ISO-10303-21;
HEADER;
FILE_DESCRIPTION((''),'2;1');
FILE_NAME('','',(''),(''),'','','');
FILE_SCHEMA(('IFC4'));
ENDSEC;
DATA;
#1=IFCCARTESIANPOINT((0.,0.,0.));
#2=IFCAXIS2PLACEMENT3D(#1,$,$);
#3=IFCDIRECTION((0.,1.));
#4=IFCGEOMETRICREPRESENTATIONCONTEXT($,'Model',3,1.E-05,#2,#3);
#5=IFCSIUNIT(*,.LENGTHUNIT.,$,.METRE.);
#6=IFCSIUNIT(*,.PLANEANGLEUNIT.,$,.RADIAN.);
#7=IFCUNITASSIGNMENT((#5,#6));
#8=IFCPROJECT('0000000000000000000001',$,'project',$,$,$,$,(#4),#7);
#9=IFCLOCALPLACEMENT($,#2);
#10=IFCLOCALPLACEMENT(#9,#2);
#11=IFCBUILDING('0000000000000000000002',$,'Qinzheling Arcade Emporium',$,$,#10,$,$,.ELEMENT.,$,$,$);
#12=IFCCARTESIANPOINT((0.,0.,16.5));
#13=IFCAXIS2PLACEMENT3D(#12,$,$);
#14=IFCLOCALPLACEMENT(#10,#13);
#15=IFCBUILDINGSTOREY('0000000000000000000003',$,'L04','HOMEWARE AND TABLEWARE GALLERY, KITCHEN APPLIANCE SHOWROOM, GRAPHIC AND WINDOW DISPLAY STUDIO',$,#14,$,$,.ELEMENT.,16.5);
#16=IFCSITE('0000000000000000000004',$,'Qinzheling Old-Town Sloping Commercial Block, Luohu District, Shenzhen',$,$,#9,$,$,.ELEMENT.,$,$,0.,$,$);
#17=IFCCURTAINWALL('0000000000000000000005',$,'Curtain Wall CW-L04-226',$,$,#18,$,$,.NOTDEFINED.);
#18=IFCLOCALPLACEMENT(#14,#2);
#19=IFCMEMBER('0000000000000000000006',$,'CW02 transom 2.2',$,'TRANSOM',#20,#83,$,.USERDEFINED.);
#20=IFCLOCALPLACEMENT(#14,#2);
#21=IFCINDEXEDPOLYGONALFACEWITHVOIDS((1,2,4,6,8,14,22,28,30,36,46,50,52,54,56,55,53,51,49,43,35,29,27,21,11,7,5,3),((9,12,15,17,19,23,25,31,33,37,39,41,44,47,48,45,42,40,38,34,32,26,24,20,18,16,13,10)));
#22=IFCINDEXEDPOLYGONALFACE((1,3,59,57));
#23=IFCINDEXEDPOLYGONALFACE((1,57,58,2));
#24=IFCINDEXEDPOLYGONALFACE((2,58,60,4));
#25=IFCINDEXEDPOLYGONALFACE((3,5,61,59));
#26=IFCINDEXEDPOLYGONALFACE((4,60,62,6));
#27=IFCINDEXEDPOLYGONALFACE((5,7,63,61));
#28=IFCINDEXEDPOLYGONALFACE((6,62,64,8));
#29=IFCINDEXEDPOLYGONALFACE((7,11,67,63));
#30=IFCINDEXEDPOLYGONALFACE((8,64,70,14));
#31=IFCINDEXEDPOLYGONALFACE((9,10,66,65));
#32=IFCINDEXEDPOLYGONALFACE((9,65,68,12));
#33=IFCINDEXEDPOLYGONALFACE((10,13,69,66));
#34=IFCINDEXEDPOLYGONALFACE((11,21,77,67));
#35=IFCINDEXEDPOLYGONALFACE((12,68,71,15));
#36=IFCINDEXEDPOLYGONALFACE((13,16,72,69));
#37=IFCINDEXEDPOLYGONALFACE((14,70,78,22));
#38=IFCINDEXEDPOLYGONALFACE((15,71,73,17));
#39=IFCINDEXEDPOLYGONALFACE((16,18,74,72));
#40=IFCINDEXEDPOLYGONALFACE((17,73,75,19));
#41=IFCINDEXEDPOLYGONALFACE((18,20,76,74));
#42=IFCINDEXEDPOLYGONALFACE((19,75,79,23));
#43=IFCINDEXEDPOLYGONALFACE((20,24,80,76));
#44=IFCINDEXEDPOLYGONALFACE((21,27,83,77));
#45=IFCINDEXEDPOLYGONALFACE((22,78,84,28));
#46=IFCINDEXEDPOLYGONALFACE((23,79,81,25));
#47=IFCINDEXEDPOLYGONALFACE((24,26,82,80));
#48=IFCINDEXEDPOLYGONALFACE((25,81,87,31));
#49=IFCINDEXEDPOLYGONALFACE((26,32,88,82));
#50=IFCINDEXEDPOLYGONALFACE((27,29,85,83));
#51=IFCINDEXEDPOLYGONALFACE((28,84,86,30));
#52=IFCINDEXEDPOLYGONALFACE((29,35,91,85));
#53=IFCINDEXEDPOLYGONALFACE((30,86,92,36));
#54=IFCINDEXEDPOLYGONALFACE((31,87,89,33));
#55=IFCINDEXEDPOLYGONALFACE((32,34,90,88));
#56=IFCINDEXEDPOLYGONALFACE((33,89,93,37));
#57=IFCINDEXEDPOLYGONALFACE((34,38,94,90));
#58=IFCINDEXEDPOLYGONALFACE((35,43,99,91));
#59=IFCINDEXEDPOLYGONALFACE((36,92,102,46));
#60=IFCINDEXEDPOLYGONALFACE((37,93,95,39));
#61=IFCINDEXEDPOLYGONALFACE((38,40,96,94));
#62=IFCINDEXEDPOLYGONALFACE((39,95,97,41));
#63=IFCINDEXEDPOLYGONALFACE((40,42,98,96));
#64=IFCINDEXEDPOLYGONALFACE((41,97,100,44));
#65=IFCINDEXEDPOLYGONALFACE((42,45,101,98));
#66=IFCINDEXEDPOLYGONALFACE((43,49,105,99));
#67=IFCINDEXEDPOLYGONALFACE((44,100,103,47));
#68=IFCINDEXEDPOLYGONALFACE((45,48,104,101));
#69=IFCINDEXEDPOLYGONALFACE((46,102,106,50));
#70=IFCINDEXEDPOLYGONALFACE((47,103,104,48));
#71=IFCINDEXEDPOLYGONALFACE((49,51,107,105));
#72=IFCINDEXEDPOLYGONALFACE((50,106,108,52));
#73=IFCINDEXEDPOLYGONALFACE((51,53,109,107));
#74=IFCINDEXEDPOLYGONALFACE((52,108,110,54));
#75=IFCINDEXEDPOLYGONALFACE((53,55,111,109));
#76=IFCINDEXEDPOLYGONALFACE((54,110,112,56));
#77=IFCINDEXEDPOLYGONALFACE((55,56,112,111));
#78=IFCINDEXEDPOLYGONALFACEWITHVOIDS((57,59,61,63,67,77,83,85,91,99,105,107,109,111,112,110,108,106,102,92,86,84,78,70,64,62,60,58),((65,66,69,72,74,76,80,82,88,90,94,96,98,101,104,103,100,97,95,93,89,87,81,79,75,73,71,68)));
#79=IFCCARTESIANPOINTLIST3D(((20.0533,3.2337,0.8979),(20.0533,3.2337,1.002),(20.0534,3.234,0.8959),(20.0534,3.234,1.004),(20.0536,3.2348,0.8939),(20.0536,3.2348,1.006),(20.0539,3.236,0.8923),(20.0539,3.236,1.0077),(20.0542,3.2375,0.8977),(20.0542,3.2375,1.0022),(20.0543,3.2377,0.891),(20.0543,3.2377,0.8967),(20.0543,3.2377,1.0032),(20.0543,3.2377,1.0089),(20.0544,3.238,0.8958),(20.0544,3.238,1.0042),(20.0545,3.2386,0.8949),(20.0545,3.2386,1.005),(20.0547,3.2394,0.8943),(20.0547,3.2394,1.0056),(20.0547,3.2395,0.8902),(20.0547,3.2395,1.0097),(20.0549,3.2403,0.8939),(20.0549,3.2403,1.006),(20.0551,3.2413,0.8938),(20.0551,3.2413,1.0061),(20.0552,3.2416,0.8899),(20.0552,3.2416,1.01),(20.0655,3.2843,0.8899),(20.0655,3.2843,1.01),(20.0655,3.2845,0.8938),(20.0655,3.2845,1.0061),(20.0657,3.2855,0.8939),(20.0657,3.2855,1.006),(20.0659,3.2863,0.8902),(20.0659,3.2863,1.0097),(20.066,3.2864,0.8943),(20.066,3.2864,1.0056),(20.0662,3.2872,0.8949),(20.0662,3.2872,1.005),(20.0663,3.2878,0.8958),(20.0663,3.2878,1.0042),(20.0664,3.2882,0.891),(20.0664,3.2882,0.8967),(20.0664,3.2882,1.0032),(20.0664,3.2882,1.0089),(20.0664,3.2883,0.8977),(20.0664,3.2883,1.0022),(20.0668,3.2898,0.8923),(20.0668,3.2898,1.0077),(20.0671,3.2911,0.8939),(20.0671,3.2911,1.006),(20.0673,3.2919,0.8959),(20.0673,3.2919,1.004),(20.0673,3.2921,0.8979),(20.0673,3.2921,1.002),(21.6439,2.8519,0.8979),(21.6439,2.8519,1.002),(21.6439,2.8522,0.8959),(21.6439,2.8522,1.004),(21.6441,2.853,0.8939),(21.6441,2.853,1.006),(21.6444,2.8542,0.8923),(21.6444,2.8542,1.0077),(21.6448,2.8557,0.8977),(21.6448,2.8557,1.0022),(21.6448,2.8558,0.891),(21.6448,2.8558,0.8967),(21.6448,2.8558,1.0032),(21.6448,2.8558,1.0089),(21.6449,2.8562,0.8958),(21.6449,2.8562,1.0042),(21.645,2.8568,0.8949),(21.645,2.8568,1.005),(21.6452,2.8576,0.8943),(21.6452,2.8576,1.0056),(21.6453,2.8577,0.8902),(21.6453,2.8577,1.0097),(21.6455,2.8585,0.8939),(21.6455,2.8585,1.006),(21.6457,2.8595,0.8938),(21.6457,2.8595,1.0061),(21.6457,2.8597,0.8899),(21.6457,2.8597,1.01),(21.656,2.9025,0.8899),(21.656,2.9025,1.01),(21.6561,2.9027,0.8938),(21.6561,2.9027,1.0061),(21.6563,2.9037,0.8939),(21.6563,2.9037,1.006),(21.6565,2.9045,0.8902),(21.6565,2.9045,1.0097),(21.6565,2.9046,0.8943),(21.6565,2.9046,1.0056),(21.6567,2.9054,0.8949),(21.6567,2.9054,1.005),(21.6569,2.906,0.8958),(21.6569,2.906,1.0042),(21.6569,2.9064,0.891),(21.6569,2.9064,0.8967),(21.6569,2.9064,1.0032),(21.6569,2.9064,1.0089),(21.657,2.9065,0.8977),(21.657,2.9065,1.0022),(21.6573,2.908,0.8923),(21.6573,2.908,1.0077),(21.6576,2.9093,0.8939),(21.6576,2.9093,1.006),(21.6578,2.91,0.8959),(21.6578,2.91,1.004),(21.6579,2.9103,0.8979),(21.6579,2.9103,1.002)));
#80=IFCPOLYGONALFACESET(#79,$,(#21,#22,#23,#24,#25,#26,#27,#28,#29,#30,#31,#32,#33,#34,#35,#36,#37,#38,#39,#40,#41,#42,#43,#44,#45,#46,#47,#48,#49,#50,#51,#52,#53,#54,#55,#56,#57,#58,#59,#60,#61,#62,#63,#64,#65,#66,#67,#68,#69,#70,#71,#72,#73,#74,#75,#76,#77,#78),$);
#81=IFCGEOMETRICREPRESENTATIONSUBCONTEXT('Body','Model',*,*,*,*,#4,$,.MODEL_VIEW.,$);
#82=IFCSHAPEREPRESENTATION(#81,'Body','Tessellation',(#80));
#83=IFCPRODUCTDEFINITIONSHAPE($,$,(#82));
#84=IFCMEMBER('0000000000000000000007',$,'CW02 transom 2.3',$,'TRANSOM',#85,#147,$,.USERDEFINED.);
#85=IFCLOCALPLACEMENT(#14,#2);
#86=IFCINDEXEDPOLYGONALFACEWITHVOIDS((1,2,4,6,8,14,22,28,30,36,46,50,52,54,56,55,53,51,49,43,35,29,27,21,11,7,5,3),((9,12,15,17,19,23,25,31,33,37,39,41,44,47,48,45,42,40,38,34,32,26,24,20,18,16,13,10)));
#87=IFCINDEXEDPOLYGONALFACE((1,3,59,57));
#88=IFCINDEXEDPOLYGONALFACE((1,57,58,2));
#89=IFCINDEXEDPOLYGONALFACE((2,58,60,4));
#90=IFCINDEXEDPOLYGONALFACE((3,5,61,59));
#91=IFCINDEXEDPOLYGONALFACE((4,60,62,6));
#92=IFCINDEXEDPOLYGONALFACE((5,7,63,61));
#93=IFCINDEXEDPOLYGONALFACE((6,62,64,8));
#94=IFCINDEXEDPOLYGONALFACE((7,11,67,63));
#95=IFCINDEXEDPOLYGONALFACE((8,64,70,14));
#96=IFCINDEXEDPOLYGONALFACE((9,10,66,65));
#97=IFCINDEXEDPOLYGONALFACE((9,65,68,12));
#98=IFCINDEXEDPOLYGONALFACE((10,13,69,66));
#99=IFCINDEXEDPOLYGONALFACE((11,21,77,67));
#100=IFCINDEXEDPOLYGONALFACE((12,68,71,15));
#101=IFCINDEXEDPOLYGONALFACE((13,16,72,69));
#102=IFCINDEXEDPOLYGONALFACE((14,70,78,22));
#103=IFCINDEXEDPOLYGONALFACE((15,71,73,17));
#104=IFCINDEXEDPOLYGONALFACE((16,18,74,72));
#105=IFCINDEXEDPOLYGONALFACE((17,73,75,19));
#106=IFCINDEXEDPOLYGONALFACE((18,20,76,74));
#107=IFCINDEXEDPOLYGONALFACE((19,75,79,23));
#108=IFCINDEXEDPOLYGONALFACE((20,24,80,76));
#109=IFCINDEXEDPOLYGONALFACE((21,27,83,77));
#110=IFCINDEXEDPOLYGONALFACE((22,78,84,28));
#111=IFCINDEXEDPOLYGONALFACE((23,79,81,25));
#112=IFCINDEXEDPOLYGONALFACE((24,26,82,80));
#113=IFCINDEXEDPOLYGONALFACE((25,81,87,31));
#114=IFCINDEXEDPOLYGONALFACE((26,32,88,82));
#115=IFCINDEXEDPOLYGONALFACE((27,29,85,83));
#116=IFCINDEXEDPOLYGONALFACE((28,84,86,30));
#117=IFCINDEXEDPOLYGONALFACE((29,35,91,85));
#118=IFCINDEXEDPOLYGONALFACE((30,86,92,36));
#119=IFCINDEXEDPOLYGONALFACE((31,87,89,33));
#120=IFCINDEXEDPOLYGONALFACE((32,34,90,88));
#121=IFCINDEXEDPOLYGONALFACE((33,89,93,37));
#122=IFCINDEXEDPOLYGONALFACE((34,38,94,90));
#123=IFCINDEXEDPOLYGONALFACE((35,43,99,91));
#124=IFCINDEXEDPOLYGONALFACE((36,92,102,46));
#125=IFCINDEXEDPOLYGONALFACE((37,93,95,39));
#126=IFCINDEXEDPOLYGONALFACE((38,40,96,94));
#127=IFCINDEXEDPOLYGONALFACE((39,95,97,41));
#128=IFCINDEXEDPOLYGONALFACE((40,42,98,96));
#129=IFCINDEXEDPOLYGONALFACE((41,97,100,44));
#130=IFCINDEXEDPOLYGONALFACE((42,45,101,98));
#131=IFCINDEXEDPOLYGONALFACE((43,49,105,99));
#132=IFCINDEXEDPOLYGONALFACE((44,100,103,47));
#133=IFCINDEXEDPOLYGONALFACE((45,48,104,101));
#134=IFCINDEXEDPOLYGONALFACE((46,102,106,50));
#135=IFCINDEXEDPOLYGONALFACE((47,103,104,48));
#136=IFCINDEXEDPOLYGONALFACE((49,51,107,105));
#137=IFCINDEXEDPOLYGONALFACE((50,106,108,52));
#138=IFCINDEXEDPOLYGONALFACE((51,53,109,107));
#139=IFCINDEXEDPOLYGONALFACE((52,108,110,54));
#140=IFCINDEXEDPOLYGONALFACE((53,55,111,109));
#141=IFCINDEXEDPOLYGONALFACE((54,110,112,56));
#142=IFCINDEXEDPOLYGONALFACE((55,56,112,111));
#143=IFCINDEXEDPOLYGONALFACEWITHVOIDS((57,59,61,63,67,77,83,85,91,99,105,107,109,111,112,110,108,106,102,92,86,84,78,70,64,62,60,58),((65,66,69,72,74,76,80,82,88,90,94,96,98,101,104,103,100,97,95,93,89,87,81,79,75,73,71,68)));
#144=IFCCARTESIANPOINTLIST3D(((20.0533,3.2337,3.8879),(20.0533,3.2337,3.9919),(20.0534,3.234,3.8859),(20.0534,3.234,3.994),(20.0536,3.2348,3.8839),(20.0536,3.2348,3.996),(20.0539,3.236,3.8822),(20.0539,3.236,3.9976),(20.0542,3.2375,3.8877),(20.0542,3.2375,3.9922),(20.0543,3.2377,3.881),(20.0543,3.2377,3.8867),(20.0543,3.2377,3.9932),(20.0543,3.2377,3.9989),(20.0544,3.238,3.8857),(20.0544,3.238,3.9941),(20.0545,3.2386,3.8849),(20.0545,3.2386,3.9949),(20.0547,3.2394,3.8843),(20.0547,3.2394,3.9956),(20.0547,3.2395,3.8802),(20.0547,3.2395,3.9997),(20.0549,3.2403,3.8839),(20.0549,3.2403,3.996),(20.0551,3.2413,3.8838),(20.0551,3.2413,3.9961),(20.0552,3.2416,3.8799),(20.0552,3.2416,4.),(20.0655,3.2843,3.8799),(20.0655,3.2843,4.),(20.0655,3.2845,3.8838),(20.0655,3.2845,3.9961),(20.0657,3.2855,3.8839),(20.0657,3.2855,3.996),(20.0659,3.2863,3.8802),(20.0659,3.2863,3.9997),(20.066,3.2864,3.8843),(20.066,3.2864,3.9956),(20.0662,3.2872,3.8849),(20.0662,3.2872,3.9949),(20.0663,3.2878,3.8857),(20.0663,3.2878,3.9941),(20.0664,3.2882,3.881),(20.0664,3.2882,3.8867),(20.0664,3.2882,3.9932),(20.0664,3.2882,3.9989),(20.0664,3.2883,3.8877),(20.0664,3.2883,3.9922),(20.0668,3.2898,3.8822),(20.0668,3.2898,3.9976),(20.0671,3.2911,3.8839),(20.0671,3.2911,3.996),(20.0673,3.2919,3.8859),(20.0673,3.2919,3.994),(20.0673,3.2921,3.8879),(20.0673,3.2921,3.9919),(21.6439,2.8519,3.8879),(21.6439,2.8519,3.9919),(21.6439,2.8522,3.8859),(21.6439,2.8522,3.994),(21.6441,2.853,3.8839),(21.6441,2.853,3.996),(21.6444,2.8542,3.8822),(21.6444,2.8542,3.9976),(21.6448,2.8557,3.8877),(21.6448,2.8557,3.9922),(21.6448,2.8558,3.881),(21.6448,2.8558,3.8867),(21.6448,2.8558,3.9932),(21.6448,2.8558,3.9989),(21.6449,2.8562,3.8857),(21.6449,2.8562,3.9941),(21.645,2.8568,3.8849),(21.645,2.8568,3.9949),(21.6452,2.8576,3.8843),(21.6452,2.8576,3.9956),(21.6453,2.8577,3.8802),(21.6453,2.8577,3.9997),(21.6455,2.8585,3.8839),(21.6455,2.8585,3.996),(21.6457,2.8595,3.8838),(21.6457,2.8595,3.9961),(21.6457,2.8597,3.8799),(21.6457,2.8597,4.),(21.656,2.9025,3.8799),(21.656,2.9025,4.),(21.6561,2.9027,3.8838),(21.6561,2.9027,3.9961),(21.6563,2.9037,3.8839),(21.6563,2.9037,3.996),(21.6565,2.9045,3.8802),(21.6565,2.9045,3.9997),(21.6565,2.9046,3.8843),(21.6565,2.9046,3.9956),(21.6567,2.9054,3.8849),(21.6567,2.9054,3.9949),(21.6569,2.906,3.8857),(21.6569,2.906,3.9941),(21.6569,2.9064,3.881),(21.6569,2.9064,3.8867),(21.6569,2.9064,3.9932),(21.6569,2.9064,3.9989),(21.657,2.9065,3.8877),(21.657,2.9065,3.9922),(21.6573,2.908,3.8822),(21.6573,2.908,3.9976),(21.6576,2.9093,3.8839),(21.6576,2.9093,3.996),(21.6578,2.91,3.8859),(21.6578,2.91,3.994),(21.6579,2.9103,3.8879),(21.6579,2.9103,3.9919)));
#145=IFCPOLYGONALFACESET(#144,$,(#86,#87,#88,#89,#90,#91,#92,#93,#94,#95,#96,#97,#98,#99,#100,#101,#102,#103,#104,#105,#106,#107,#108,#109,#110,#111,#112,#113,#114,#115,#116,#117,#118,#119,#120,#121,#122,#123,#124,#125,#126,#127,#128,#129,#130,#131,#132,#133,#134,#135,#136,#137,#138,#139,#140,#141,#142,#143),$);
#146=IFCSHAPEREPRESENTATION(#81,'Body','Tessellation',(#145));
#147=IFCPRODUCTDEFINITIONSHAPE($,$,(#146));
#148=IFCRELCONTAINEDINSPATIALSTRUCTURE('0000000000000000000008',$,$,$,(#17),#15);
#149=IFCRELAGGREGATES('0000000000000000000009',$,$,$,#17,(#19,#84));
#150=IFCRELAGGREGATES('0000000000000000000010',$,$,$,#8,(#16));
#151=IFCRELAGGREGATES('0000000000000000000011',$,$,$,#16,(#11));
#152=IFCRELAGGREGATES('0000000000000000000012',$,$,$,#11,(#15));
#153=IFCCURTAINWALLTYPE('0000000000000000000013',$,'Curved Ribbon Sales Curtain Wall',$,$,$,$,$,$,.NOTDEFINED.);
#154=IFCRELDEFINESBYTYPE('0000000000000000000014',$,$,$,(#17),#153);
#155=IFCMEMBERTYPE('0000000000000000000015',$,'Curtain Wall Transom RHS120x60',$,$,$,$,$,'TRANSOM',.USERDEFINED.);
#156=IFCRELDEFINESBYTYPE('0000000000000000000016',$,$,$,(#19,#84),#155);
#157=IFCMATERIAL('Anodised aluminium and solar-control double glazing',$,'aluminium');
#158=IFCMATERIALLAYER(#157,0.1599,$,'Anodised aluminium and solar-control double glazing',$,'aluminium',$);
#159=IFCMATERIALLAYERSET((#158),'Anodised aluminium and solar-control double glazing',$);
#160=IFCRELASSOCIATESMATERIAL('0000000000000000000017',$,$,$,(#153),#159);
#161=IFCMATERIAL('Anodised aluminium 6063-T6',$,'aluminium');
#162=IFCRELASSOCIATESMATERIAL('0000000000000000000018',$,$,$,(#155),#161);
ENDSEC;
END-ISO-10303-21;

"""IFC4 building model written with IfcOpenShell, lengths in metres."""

from ifc_helpers import new_model, si_unit, direction, frame, origin, origin_2d, place, context, subcontext, project, spatial, hollow_rectangle, extrude, material, layer, layer_set, material_profile, profile_set, type_object, element, aggregate, save


model = new_model("IFC4")

# Units and contexts
model_context = context("Model", 3, precision=1e-05, world=origin(), true_north=direction((0.0, 1.0)))
body_context = subcontext(model_context, "Body", "Model", "MODEL_VIEW")
ifc_project = project(units=[si_unit("LENGTHUNIT", "METRE"), si_unit("PLANEANGLEUNIT", "RADIAN")], contexts=[model_context])

# Site, building, storey
site_placement = place(None, origin())
site = spatial("IfcSite", under=ifc_project, at=site_placement, Name="Qinzheling Old-Town Sloping Commercial Block, Luohu District, Shenzhen", CompositionType="ELEMENT", RefElevation=0.0)
building_placement = place(site_placement, origin())
building = spatial("IfcBuilding", under=site, at=building_placement, Name="Qinzheling Arcade Emporium", CompositionType="ELEMENT")
storey_placement = place(building_placement, frame((0.0, 0.0, 16.5)))
storey = spatial("IfcBuildingStorey", under=building, at=storey_placement, Name="L04", Description="HOMEWARE AND TABLEWARE GALLERY, KITCHEN APPLIANCE SHOWROOM, GRAPHIC AND WINDOW DISPLAY STUDIO", CompositionType="ELEMENT", Elevation=16.5)

# Curtain wall
ifc_material_1 = material(Name="Anodised aluminium and solar-control double glazing", Category="aluminium")
ifc_layer_1 = layer(ifc_material_1, 0.1599, Name="Anodised aluminium and solar-control double glazing", Category="aluminium")
ifc_layer_set_1 = layer_set([ifc_layer_1], Name="Anodised aluminium and solar-control double glazing")
curtain_wall_type = type_object("IfcCurtainWallType", Name="Curved Ribbon Sales Curtain Wall", PredefinedType="NOTDEFINED", material=ifc_layer_set_1)
ifc_material_2 = material(Name="Anodised aluminium 6063-T6", Category="aluminium")
curtain_wall_1_placement = place(storey_placement, origin())
curtain_wall_1 = element("IfcCurtainWall", 1, at=curtain_wall_1_placement, inside=storey, type_object=curtain_wall_type, Name="Curtain Wall CW-L04-226", PredefinedType="NOTDEFINED")

# Members
ifc_material_profile_1 = material_profile(ifc_material_2, hollow_rectangle(XDim=0.0601, YDim=0.1201, WallThickness=0.0039, InnerFilletRadius=0.0039, OuterFilletRadius=0.0081, at=origin_2d()), Name="RHS 120x60x4", Category="aluminium")
ifc_profile_set_1 = profile_set([ifc_material_profile_1], Name="Anodised aluminium 6063-T6")
member_type_1 = type_object("IfcMemberType", Name="Curtain Wall Transom RHS120x60", ElementType="TRANSOM", PredefinedType="USERDEFINED", material=ifc_profile_set_1)
member_1_placement = place(storey_placement, frame((21.6509, 2.8811, 0.95), z_axis=(-0.972374, 0.233429, 0.0), x_axis=(-0.233429, -0.972374, 0.0)))
member_1 = element("IfcMember", 2, at=member_1_placement, type_object=member_type_1, Name="CW02 transom 2.2", ObjectType="TRANSOM", PredefinedType="USERDEFINED", context=body_context, shape_type="SweptSolid", body=[
    extrude(hollow_rectangle(XDim=0.0601, YDim=0.1201, WallThickness=0.0039, InnerFilletRadius=0.0039, OuterFilletRadius=0.0081, at=origin_2d()), origin(), (0.0, 0.0, 1.0), 1.6357),
])
member_2_placement = place(storey_placement, frame((21.6509, 2.8811, 3.9399), z_axis=(-0.972374, 0.233429, 0.0), x_axis=(-0.233429, -0.972374, 0.0)))
member_2 = element("IfcMember", 3, at=member_2_placement, type_object=member_type_1, Name="CW02 transom 2.3", ObjectType="TRANSOM", PredefinedType="USERDEFINED", context=body_context, shape_type="SweptSolid", body=[
    extrude(hollow_rectangle(XDim=0.0601, YDim=0.1201, WallThickness=0.0039, InnerFilletRadius=0.0039, OuterFilletRadius=0.0081, at=origin_2d()), origin(), (0.0, 0.0, 1.0), 1.6357),
])

aggregate(curtain_wall_1, [member_1, member_2])

save(model, "model.ifc")
